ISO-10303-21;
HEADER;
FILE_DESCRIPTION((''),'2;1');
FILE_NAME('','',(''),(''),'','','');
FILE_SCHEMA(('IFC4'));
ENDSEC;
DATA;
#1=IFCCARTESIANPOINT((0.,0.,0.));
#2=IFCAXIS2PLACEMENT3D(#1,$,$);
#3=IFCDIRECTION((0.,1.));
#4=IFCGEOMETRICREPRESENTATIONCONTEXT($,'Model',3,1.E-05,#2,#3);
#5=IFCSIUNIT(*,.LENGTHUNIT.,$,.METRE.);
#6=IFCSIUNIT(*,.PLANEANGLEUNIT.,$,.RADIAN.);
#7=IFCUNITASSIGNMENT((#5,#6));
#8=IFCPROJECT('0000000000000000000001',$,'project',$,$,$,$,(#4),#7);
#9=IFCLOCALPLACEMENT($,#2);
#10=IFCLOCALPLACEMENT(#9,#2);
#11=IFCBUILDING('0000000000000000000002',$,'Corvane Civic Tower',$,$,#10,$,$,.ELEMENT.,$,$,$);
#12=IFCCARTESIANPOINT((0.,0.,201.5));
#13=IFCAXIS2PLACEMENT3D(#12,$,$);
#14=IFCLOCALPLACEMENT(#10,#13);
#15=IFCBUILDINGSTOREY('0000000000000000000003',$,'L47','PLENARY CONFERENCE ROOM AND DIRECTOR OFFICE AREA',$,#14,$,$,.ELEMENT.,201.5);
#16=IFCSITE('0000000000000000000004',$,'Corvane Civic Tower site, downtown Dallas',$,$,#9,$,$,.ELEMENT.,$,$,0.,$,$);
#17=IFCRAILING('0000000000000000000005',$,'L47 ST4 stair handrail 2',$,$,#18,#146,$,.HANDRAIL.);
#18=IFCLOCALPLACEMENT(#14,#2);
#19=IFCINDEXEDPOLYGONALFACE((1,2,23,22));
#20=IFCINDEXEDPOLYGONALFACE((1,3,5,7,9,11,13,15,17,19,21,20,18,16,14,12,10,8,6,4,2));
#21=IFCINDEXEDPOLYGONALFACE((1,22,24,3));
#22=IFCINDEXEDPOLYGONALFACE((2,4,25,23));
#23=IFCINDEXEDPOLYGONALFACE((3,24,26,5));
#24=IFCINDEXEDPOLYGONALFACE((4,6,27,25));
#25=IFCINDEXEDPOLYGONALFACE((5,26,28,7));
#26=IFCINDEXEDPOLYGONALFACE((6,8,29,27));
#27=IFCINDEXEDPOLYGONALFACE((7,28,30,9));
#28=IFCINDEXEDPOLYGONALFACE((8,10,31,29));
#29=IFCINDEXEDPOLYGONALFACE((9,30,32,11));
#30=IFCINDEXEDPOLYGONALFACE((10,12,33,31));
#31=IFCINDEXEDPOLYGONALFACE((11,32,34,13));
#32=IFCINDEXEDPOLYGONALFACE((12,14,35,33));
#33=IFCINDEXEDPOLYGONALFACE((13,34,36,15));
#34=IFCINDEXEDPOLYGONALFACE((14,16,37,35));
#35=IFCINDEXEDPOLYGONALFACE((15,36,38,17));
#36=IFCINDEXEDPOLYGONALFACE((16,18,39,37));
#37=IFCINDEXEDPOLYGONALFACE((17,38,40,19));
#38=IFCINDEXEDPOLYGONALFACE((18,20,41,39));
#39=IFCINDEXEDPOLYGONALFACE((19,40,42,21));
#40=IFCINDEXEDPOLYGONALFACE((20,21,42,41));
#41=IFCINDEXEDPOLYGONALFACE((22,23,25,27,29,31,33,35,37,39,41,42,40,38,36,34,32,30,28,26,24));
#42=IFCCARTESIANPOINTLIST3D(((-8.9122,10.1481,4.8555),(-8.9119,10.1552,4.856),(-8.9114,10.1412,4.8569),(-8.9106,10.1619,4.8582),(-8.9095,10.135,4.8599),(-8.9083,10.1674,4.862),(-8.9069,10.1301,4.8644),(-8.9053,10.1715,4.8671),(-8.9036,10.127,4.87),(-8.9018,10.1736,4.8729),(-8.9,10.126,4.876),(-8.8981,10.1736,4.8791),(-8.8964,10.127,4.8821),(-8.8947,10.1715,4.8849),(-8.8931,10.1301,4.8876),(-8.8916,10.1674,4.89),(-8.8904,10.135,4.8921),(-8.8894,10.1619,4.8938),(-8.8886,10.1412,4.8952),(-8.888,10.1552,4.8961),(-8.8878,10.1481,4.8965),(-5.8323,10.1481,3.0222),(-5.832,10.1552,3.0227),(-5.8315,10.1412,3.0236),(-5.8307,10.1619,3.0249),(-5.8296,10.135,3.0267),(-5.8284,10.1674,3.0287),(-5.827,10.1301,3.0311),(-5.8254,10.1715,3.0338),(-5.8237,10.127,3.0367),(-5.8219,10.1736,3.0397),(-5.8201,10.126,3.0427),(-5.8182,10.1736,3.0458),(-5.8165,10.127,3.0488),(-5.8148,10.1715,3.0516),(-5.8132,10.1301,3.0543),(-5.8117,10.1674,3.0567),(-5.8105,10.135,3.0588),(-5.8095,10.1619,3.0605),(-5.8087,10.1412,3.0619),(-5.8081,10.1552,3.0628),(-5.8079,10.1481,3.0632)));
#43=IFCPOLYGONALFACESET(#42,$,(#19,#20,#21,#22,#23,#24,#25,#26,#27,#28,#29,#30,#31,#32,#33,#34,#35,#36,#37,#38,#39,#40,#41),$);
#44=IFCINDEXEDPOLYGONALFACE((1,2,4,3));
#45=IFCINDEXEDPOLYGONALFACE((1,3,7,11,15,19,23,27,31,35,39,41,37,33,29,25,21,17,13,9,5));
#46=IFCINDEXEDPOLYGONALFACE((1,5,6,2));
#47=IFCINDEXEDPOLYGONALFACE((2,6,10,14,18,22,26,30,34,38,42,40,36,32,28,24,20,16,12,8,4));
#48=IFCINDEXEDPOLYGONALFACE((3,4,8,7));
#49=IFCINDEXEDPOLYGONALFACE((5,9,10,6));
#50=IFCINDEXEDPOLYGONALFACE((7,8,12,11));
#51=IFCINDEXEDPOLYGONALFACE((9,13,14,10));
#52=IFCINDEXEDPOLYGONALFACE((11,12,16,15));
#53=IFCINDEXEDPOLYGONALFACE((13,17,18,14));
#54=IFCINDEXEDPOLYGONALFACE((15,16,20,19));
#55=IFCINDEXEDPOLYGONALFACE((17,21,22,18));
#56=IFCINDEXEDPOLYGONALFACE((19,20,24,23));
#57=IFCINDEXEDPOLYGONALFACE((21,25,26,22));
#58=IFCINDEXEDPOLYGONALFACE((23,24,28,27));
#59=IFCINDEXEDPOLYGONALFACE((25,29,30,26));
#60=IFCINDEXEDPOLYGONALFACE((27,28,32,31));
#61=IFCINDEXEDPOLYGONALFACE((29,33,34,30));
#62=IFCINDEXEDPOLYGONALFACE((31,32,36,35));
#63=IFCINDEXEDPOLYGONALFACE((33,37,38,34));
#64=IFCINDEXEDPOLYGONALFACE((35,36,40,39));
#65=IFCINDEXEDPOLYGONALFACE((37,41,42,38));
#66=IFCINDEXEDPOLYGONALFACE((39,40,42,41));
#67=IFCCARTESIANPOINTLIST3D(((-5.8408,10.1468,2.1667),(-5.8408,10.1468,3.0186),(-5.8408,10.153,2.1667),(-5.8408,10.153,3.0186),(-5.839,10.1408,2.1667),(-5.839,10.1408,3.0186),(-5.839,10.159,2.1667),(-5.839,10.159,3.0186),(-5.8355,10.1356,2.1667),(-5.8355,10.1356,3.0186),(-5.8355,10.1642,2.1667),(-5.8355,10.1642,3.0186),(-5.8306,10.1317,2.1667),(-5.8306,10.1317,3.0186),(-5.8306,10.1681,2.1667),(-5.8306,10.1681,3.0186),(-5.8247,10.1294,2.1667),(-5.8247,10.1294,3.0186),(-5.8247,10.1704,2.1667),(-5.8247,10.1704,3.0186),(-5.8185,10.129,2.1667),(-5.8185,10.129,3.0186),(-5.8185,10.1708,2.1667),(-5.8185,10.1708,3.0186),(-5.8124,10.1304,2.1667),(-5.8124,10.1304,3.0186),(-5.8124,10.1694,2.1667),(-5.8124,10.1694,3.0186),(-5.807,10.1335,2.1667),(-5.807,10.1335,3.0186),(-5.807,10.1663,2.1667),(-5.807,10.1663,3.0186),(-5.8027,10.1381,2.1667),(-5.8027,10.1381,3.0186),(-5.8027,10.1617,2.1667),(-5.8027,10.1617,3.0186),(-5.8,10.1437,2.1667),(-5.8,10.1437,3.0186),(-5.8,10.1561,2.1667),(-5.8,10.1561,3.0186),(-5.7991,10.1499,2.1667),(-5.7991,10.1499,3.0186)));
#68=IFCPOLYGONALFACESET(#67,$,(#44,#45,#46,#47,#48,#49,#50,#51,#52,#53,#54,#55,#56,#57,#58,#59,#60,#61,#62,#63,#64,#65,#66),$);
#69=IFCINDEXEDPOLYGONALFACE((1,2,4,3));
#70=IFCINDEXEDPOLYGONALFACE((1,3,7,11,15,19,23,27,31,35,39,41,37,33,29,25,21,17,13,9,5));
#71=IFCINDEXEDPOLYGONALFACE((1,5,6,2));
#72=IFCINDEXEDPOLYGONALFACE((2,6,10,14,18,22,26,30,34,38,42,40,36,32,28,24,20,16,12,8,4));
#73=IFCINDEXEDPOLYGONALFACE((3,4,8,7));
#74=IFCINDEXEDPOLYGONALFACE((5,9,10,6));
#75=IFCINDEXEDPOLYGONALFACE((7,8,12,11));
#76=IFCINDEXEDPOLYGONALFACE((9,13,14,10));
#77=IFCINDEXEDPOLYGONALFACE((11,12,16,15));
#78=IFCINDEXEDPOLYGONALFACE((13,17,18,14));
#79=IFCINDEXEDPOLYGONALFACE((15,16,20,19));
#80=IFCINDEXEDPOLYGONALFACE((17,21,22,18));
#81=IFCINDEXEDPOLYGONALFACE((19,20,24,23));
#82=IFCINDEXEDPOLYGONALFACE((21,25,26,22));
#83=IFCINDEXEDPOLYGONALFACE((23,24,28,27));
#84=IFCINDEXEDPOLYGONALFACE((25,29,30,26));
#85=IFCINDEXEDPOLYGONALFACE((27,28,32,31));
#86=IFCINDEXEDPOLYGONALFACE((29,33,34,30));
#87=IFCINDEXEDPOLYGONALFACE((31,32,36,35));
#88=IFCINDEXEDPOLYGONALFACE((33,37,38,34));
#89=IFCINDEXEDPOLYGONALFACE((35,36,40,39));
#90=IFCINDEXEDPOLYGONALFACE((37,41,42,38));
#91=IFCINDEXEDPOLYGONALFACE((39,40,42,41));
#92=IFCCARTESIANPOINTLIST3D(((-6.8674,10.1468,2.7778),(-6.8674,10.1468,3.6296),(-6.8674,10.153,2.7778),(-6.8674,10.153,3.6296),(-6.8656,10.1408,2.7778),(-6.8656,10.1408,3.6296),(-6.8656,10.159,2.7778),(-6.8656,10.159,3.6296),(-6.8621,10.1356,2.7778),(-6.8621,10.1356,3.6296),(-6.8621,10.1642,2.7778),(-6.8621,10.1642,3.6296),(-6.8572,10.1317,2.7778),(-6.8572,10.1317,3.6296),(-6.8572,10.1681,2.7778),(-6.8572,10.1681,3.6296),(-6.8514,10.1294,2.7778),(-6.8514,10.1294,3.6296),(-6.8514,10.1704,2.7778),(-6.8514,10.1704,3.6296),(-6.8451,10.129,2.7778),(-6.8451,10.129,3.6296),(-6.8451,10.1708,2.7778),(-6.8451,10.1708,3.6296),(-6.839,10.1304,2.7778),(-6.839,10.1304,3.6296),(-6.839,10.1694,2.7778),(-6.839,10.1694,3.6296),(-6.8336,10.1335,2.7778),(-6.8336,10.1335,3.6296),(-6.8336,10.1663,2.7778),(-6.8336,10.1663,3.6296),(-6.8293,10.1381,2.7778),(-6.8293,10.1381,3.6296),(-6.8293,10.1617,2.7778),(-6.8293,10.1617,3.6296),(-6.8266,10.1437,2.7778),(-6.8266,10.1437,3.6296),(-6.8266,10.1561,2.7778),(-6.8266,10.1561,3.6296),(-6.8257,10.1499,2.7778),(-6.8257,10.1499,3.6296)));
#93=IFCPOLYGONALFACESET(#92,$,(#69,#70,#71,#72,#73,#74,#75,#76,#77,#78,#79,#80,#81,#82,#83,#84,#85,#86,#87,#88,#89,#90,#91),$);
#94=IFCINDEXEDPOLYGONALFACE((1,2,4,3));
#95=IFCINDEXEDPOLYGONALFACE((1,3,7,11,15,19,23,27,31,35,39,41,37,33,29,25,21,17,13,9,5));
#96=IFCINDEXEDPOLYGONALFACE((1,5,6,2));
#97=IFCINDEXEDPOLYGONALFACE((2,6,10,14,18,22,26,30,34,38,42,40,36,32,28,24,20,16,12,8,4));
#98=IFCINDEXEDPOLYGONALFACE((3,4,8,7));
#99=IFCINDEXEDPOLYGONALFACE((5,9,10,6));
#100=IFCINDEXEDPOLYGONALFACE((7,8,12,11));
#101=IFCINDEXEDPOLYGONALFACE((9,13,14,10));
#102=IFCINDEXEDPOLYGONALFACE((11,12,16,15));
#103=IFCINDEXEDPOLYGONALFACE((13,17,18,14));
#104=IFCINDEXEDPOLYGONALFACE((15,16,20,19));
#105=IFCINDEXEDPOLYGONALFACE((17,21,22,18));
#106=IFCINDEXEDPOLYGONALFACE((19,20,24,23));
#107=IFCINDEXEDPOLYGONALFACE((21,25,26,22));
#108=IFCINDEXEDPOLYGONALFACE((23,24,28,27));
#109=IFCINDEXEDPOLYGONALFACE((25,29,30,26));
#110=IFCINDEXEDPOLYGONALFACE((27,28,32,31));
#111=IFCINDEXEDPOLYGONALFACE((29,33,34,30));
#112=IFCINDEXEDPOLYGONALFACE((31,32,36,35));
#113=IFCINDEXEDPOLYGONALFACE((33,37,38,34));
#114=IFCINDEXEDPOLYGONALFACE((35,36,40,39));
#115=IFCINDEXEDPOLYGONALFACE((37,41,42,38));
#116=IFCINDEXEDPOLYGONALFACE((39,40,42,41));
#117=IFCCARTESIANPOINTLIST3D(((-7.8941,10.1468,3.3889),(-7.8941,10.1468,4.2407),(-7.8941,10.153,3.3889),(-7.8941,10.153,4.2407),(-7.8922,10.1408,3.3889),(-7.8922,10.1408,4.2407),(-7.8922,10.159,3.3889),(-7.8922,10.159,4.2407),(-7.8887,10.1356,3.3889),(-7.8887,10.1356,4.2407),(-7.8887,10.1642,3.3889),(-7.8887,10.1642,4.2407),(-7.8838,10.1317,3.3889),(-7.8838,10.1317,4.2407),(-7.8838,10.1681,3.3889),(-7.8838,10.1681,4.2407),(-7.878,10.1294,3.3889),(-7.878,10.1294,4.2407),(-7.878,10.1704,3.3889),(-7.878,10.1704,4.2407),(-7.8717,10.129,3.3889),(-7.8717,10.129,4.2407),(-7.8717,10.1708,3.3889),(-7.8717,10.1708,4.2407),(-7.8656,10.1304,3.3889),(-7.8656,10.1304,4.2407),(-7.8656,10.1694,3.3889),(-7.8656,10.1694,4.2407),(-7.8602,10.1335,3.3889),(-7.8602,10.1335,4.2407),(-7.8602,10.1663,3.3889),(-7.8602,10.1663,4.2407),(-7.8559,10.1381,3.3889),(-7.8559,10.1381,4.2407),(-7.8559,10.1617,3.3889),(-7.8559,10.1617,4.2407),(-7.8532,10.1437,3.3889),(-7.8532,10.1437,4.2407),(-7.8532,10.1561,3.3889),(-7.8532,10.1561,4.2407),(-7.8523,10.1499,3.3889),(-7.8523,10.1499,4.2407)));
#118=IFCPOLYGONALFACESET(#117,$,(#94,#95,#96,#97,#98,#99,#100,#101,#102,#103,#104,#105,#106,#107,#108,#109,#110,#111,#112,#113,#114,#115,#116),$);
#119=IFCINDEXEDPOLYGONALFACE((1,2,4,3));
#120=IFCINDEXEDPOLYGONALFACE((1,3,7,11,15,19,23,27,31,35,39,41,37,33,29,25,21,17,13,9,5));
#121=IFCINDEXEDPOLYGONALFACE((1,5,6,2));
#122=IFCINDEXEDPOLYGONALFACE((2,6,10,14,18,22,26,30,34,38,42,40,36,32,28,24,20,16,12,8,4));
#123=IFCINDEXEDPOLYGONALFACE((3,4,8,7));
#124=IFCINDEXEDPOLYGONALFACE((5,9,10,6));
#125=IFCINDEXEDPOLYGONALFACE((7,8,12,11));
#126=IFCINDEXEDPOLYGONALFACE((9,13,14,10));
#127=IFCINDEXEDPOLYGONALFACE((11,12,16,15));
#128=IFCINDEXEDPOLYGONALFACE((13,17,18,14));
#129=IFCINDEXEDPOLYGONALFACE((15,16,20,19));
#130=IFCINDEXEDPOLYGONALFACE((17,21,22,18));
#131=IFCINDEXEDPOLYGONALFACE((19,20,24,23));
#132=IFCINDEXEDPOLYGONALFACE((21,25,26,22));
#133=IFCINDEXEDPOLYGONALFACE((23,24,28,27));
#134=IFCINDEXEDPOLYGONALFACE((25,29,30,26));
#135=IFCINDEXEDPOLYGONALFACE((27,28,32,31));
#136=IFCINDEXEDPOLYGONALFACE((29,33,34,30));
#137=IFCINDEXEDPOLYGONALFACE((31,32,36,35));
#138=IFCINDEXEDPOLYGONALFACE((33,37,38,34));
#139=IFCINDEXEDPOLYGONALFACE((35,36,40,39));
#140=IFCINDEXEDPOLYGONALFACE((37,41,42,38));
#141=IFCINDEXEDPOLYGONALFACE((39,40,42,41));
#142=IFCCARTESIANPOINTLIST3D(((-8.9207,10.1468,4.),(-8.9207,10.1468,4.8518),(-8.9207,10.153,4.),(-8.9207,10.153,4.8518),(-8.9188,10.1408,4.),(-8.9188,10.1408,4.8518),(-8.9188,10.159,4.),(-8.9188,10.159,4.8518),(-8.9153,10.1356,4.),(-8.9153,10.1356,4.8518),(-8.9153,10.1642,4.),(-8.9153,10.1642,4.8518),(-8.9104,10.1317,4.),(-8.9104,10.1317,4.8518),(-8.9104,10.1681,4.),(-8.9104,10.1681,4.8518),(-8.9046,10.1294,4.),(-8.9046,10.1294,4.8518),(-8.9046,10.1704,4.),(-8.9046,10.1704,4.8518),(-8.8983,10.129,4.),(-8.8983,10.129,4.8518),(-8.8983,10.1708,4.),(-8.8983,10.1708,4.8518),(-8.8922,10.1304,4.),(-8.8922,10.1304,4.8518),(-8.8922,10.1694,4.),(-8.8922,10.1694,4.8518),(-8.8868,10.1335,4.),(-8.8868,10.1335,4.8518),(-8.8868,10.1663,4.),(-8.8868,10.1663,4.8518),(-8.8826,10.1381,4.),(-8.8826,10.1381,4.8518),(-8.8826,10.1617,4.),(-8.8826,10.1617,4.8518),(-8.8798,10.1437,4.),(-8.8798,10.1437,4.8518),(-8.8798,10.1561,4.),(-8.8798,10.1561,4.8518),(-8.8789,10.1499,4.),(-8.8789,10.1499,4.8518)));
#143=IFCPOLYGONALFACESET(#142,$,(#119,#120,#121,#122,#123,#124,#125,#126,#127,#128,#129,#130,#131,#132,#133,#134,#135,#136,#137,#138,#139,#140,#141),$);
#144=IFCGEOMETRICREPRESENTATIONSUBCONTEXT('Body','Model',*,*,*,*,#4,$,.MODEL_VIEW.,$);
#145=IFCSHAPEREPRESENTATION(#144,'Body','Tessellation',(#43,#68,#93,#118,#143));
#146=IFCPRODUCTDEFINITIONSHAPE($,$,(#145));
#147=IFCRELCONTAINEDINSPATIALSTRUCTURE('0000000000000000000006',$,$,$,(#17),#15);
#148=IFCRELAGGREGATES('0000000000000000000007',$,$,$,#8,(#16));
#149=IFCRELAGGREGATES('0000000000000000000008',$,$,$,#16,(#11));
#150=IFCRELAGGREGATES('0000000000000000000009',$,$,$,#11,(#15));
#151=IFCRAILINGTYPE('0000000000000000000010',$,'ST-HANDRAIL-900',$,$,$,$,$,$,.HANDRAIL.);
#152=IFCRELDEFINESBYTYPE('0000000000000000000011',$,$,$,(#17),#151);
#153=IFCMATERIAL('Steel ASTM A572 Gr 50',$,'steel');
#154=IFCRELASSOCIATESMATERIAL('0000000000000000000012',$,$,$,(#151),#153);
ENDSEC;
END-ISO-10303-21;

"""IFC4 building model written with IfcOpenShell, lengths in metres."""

from ifc_helpers import new_model, si_unit, direction, frame, origin, origin_2d, place, context, subcontext, project, spatial, circle, extrude, material, type_object, element, save


model = new_model("IFC4")

# Units and contexts
model_context = context("Model", 3, precision=1e-05, world=origin(), true_north=direction((0.0, 1.0)))
body_context = subcontext(model_context, "Body", "Model", "MODEL_VIEW")
ifc_project = project(units=[si_unit("LENGTHUNIT", "METRE"), si_unit("PLANEANGLEUNIT", "RADIAN")], contexts=[model_context])

# Site, building, storey
site_placement = place(None, origin())
site = spatial("IfcSite", under=ifc_project, at=site_placement, Name="Corvane Civic Tower site, downtown Dallas", CompositionType="ELEMENT", RefElevation=0.0)
building_placement = place(site_placement, origin())
building = spatial("IfcBuilding", under=site, at=building_placement, Name="Corvane Civic Tower", CompositionType="ELEMENT")
storey_placement = place(building_placement, frame((0.0, 0.0, 201.5)))
storey = spatial("IfcBuildingStorey", under=building, at=storey_placement, Name="L47", Description="PLENARY CONFERENCE ROOM AND DIRECTOR OFFICE AREA", CompositionType="ELEMENT", Elevation=201.5)

# Railing
ifc_material_1 = material(Name="Steel ASTM A572 Gr 50", Category="steel")
railing_type_1 = type_object("IfcRailingType", Name="ST-HANDRAIL-900", PredefinedType="HANDRAIL", material=ifc_material_1)
railing_1_placement = place(storey_placement, frame((-5.8201, 10.1499, 2.1667)))
element("IfcRailing", 1, at=railing_1_placement, inside=storey, type_object=railing_type_1, Name="L47 ST4 stair handrail 2", PredefinedType="HANDRAIL", context=body_context, shape_type="SweptSolid", body=[
    extrude(circle(Radius=0.0239, at=origin_2d()), frame((0.0, 0.0, 0.876), z_axis=(-0.859291, 0.0, 0.511487), x_axis=(0.0, -1.0, 0.0)), (0.0, 0.0, 1.0), 3.5842),
    extrude(circle(Radius=0.021, at=origin_2d()), origin(), (0.0, 0.0, 1.0), 0.8518),
    extrude(circle(Radius=0.021, at=origin_2d()), frame((-1.0266, 0.0, 0.6111)), (0.0, 0.0, 1.0), 0.8518),
    extrude(circle(Radius=0.021, at=origin_2d()), frame((-2.0532, 0.0, 1.2222)), (0.0, 0.0, 1.0), 0.8518),
    extrude(circle(Radius=0.021, at=origin_2d()), frame((-3.0798, 0.0, 1.8333)), (0.0, 0.0, 1.0), 0.8518),
])

save(model, "model.ifc")
